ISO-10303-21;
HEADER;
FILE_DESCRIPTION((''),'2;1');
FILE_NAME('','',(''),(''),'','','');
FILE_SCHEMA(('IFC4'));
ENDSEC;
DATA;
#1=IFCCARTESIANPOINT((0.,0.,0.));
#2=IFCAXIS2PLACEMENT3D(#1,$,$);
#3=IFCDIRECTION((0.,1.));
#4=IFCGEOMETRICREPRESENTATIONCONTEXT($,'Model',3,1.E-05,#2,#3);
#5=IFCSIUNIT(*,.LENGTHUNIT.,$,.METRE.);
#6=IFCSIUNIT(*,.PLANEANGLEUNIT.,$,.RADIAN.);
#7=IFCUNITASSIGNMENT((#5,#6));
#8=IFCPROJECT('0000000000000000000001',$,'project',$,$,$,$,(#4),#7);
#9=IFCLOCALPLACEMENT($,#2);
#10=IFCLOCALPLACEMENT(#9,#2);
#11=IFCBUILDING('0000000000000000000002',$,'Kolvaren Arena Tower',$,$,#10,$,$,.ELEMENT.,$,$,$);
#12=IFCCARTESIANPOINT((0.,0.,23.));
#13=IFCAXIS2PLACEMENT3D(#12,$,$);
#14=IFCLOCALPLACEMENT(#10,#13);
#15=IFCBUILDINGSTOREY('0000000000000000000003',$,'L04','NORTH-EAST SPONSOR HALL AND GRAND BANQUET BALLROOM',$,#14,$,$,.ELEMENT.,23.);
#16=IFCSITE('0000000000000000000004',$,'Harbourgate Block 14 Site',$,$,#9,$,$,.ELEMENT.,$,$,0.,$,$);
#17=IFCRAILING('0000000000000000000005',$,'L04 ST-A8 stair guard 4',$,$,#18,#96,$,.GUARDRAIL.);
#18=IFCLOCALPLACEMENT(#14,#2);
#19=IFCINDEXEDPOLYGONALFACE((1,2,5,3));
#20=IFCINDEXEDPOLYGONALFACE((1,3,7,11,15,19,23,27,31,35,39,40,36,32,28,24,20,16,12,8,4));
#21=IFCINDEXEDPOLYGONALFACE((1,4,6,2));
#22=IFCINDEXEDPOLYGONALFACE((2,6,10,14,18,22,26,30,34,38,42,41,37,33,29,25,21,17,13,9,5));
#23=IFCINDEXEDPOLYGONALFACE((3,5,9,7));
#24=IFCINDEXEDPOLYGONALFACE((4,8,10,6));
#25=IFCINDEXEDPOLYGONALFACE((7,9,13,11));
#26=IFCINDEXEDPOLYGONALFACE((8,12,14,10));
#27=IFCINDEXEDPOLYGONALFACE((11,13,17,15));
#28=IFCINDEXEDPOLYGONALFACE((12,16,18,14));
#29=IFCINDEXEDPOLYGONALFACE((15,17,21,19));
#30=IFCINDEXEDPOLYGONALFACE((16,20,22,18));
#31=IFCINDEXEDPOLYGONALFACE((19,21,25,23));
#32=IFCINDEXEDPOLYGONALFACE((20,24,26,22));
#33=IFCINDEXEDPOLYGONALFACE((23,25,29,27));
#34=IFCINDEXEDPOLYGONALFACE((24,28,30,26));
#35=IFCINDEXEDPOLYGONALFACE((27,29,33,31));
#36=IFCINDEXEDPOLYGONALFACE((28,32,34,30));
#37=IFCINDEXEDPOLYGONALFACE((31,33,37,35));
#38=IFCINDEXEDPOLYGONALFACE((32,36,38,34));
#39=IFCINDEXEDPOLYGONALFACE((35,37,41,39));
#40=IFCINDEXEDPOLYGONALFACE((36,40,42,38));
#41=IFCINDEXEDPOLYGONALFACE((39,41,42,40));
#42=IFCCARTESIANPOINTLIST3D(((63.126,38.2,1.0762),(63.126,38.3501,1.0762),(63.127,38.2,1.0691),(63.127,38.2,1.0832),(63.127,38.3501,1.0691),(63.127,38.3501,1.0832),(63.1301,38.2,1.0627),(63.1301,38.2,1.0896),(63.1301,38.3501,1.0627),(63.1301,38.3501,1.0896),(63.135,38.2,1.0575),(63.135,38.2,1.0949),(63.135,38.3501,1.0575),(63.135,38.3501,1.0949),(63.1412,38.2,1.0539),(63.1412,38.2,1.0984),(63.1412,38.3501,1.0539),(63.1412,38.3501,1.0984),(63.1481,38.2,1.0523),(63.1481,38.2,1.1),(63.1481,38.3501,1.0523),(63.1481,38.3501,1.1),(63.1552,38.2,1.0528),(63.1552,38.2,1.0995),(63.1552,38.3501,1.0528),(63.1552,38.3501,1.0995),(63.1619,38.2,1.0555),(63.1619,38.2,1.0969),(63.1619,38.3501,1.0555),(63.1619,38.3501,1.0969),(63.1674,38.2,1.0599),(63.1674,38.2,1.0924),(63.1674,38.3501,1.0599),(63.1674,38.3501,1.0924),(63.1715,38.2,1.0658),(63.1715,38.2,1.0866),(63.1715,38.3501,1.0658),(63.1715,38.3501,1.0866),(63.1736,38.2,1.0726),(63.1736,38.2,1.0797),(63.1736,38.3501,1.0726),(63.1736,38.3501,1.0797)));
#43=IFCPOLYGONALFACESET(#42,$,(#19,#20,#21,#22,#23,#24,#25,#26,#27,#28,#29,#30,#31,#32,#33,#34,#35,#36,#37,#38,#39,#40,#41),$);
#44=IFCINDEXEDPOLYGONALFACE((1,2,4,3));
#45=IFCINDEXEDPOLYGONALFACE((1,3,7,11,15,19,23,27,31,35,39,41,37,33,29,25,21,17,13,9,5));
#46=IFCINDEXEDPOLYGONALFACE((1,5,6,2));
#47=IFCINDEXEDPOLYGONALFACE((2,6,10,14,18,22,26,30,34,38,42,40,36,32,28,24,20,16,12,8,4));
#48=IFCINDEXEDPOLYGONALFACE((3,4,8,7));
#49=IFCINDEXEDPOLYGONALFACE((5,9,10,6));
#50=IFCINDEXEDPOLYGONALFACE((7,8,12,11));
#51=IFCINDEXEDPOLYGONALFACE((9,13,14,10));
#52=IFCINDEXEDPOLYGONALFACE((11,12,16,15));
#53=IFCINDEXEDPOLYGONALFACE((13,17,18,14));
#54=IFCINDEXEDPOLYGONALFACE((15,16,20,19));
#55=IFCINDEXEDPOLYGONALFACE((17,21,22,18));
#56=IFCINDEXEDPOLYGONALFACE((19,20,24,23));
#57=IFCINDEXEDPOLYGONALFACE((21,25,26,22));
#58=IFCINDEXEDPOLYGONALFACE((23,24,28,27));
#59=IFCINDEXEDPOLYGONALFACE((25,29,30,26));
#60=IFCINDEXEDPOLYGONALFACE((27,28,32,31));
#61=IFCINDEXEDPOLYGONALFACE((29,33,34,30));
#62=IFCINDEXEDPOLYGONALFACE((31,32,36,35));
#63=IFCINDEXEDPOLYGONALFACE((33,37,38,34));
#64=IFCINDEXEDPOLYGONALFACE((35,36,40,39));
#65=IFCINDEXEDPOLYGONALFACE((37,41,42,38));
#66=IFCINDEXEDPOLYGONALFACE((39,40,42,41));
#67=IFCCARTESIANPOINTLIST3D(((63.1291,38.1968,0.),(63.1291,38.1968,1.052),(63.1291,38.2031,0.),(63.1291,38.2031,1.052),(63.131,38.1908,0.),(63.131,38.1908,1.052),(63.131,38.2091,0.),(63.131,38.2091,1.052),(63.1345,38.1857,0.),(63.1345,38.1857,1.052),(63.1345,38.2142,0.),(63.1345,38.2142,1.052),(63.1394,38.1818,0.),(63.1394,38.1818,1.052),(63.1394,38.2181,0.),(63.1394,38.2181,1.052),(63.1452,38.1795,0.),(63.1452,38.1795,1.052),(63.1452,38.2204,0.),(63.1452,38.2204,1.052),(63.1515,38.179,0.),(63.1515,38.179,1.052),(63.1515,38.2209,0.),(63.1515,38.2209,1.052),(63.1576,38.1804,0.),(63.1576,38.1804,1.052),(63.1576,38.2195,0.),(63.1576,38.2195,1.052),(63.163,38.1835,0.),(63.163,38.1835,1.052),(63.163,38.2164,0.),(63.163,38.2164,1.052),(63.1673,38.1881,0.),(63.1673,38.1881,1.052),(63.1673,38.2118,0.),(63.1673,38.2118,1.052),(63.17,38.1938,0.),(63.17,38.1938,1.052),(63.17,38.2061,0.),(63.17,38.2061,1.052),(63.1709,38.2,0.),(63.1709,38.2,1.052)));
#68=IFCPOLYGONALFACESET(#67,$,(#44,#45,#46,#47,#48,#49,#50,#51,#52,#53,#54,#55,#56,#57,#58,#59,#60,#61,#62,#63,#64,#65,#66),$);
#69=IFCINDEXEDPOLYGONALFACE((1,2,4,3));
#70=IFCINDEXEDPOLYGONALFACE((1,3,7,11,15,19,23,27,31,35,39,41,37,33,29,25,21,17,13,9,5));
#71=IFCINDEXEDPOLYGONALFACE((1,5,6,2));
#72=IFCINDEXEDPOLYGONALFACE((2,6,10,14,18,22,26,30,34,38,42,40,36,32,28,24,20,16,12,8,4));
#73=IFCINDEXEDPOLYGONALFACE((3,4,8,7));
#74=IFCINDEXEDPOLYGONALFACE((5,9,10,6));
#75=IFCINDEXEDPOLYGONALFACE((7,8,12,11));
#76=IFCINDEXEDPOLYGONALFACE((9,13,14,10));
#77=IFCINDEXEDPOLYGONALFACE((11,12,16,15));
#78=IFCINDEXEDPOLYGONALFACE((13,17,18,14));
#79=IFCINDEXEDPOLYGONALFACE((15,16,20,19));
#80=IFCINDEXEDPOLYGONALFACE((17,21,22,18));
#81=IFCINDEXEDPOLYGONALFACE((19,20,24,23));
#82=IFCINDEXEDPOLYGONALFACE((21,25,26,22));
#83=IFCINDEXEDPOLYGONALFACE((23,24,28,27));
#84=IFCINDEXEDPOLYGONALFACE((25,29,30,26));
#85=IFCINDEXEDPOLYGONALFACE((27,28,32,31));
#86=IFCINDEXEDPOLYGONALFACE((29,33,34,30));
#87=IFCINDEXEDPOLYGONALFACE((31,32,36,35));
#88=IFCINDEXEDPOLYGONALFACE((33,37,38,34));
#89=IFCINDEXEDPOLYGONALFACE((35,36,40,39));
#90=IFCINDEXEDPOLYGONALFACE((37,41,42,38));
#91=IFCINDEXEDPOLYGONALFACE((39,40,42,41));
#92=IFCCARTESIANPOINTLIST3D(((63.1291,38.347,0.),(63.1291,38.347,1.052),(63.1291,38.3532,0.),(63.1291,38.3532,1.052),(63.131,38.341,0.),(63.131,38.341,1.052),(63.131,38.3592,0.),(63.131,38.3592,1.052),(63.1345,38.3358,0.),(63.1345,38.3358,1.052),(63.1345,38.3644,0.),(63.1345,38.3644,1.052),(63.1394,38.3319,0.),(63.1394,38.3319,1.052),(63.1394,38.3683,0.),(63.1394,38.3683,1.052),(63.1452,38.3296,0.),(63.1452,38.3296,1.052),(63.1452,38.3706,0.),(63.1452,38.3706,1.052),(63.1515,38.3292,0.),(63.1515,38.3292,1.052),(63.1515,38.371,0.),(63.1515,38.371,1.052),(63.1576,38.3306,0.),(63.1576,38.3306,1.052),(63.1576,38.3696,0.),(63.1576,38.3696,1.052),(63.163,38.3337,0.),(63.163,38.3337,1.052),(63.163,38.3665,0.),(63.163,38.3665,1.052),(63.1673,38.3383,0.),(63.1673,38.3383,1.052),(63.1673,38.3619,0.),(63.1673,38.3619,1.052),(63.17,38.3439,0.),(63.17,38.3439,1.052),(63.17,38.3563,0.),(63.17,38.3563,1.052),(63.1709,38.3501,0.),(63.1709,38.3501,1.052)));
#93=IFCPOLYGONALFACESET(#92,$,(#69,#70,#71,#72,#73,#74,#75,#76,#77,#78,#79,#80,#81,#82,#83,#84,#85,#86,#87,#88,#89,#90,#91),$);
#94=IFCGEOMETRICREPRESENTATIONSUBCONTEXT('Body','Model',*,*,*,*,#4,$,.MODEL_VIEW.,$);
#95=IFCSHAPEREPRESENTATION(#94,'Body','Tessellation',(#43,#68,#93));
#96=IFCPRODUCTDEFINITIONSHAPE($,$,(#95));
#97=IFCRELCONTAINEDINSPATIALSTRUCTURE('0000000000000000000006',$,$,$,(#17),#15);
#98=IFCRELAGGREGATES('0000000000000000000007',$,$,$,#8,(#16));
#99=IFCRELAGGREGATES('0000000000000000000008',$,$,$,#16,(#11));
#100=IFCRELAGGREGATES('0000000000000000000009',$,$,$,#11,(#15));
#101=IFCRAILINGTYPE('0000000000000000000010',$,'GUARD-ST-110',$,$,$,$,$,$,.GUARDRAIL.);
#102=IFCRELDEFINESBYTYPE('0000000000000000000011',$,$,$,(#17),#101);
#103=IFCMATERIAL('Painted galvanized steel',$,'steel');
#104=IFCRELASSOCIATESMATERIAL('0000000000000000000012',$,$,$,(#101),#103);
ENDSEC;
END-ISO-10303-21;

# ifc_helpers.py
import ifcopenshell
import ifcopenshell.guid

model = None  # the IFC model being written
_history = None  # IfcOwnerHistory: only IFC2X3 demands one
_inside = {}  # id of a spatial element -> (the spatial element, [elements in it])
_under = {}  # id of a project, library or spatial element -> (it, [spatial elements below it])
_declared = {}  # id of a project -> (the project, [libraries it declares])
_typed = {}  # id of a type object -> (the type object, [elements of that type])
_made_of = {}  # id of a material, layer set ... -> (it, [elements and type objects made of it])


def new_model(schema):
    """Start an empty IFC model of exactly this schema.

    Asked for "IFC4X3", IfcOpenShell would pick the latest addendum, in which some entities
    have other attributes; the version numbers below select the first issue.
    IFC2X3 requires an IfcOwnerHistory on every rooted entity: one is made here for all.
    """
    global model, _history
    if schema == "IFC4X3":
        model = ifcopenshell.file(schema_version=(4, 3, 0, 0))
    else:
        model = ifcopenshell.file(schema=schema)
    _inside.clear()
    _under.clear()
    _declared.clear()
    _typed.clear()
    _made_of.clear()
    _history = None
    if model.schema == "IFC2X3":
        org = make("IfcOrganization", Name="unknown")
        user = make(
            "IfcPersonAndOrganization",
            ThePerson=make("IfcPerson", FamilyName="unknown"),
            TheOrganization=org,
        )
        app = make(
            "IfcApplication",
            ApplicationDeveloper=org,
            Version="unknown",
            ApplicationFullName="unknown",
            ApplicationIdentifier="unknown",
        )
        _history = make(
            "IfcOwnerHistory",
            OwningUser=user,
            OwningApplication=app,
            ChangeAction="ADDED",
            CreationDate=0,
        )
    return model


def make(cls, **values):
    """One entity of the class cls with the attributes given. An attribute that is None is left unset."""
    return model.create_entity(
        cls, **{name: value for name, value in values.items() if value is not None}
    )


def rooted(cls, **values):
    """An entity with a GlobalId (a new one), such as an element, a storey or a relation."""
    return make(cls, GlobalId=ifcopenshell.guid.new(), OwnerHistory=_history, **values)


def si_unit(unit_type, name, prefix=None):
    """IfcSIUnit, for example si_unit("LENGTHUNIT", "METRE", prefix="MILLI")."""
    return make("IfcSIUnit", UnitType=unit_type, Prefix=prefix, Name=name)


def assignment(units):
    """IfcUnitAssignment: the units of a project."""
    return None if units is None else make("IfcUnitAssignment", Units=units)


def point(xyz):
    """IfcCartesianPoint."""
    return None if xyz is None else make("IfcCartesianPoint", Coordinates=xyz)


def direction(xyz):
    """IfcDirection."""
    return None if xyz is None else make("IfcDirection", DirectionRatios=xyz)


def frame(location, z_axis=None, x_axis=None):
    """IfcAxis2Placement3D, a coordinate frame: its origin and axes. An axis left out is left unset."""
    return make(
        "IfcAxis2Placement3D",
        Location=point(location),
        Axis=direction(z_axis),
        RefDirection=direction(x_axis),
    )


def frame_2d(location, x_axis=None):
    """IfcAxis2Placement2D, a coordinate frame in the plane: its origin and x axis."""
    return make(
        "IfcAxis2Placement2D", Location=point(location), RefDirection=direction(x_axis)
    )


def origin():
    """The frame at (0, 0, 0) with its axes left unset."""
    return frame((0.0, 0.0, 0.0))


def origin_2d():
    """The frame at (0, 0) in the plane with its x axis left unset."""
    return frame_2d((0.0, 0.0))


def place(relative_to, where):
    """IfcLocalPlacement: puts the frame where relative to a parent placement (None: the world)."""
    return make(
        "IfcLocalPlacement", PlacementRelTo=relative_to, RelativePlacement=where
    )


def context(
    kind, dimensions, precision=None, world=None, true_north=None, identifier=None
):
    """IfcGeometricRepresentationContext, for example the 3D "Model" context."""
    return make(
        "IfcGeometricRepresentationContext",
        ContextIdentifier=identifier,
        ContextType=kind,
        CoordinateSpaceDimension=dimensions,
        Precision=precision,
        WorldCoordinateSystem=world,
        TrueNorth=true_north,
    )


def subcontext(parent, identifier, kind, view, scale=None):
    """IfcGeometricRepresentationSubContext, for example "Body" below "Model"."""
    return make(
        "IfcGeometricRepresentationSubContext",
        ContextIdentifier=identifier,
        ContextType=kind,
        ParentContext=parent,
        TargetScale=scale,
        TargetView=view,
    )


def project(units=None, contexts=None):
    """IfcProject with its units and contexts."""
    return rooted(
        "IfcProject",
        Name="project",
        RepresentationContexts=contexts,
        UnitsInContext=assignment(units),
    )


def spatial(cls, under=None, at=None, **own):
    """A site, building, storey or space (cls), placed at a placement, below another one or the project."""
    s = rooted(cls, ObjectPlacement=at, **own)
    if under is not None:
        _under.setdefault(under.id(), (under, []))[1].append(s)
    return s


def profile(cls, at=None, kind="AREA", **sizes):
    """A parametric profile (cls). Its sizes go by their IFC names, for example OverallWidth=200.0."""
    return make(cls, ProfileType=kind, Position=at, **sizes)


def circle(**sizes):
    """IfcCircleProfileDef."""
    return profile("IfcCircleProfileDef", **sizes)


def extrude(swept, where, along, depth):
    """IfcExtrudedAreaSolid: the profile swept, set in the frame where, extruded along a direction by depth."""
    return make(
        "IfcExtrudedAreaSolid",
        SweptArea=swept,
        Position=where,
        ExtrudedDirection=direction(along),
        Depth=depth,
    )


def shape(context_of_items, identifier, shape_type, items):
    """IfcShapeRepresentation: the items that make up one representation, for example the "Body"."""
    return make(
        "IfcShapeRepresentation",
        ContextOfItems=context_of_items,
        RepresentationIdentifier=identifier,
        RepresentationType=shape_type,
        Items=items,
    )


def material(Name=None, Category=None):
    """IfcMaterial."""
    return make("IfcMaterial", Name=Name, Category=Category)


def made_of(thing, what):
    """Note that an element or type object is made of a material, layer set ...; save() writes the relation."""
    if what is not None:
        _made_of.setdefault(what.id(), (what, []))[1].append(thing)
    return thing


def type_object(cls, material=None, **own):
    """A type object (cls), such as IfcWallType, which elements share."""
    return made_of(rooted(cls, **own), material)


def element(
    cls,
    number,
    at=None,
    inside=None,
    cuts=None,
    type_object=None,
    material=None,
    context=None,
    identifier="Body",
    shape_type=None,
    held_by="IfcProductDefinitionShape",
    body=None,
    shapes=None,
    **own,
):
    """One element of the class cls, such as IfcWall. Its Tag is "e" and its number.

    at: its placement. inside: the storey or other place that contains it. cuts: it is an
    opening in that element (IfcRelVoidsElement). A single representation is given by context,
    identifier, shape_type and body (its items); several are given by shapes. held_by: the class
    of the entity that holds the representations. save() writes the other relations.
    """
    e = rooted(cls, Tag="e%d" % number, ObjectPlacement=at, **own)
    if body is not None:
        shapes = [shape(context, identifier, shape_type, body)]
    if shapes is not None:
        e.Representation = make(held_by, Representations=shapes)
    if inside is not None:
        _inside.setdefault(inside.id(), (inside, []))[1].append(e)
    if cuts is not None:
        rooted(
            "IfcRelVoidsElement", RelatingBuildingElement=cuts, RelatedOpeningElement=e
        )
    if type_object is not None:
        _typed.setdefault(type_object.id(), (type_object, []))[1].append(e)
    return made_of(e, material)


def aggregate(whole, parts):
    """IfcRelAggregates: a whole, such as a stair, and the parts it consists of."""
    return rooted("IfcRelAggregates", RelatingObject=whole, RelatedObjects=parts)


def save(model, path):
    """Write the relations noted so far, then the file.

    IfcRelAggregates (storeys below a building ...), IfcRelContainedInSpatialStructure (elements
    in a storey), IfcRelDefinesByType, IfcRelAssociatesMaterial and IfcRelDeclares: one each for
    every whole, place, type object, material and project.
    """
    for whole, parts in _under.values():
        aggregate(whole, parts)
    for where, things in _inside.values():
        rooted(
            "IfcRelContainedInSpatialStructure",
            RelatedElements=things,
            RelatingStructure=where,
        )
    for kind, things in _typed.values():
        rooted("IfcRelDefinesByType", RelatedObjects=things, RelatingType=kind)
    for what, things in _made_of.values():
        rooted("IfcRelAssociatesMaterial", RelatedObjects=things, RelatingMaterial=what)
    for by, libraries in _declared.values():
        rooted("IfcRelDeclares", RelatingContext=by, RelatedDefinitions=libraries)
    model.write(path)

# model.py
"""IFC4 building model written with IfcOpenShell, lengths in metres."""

from ifc_helpers import new_model, si_unit, direction, frame, origin, origin_2d, place, context, subcontext, project, spatial, circle, extrude, material, type_object, element, save


model = new_model("IFC4")

# Units and contexts
model_context = context("Model", 3, precision=1e-05, world=origin(), true_north=direction((0.0, 1.0)))
body_context = subcontext(model_context, "Body", "Model", "MODEL_VIEW")
ifc_project = project(units=[si_unit("LENGTHUNIT", "METRE"), si_unit("PLANEANGLEUNIT", "RADIAN")], contexts=[model_context])

# Site, building, storey
site_placement = place(None, origin())
site = spatial("IfcSite", under=ifc_project, at=site_placement, Name="Harbourgate Block 14 Site", CompositionType="ELEMENT", RefElevation=0.0)
building_placement = place(site_placement, origin())
building = spatial("IfcBuilding", under=site, at=building_placement, Name="Kolvaren Arena Tower", CompositionType="ELEMENT")
storey_placement = place(building_placement, frame((0.0, 0.0, 23.0)))
storey = spatial("IfcBuildingStorey", under=building, at=storey_placement, Name="L04", Description="NORTH-EAST SPONSOR HALL AND GRAND BANQUET BALLROOM", CompositionType="ELEMENT", Elevation=23.0)

# Railing
ifc_material_1 = material(Name="Painted galvanized steel", Category="steel")
railing_type_1 = type_object("IfcRailingType", Name="GUARD-ST-110", PredefinedType="GUARDRAIL", material=ifc_material_1)
railing_1_placement = place(storey_placement, frame((63.1499, 38.2, 0.0)))
element("IfcRailing", 1, at=railing_1_placement, inside=storey, type_object=railing_type_1, Name="L04 ST-A8 stair guard 4", PredefinedType="GUARDRAIL", context=body_context, shape_type="SweptSolid", body=[
    extrude(circle(Radius=0.0239, at=origin_2d()), frame((0.0, 0.0, 1.0762), z_axis=(0.0, 1.0, 0.0), x_axis=(-1.0, 0.0, 0.0)), (0.0, 0.0, 1.0), 0.1501),
    extrude(circle(Radius=0.021, at=origin_2d()), origin(), (0.0, 0.0, 1.0), 1.052),
    extrude(circle(Radius=0.021, at=origin_2d()), frame((0.0, 0.1501, 0.0)), (0.0, 0.0, 1.0), 1.052),
])

save(model, "model.ifc")
